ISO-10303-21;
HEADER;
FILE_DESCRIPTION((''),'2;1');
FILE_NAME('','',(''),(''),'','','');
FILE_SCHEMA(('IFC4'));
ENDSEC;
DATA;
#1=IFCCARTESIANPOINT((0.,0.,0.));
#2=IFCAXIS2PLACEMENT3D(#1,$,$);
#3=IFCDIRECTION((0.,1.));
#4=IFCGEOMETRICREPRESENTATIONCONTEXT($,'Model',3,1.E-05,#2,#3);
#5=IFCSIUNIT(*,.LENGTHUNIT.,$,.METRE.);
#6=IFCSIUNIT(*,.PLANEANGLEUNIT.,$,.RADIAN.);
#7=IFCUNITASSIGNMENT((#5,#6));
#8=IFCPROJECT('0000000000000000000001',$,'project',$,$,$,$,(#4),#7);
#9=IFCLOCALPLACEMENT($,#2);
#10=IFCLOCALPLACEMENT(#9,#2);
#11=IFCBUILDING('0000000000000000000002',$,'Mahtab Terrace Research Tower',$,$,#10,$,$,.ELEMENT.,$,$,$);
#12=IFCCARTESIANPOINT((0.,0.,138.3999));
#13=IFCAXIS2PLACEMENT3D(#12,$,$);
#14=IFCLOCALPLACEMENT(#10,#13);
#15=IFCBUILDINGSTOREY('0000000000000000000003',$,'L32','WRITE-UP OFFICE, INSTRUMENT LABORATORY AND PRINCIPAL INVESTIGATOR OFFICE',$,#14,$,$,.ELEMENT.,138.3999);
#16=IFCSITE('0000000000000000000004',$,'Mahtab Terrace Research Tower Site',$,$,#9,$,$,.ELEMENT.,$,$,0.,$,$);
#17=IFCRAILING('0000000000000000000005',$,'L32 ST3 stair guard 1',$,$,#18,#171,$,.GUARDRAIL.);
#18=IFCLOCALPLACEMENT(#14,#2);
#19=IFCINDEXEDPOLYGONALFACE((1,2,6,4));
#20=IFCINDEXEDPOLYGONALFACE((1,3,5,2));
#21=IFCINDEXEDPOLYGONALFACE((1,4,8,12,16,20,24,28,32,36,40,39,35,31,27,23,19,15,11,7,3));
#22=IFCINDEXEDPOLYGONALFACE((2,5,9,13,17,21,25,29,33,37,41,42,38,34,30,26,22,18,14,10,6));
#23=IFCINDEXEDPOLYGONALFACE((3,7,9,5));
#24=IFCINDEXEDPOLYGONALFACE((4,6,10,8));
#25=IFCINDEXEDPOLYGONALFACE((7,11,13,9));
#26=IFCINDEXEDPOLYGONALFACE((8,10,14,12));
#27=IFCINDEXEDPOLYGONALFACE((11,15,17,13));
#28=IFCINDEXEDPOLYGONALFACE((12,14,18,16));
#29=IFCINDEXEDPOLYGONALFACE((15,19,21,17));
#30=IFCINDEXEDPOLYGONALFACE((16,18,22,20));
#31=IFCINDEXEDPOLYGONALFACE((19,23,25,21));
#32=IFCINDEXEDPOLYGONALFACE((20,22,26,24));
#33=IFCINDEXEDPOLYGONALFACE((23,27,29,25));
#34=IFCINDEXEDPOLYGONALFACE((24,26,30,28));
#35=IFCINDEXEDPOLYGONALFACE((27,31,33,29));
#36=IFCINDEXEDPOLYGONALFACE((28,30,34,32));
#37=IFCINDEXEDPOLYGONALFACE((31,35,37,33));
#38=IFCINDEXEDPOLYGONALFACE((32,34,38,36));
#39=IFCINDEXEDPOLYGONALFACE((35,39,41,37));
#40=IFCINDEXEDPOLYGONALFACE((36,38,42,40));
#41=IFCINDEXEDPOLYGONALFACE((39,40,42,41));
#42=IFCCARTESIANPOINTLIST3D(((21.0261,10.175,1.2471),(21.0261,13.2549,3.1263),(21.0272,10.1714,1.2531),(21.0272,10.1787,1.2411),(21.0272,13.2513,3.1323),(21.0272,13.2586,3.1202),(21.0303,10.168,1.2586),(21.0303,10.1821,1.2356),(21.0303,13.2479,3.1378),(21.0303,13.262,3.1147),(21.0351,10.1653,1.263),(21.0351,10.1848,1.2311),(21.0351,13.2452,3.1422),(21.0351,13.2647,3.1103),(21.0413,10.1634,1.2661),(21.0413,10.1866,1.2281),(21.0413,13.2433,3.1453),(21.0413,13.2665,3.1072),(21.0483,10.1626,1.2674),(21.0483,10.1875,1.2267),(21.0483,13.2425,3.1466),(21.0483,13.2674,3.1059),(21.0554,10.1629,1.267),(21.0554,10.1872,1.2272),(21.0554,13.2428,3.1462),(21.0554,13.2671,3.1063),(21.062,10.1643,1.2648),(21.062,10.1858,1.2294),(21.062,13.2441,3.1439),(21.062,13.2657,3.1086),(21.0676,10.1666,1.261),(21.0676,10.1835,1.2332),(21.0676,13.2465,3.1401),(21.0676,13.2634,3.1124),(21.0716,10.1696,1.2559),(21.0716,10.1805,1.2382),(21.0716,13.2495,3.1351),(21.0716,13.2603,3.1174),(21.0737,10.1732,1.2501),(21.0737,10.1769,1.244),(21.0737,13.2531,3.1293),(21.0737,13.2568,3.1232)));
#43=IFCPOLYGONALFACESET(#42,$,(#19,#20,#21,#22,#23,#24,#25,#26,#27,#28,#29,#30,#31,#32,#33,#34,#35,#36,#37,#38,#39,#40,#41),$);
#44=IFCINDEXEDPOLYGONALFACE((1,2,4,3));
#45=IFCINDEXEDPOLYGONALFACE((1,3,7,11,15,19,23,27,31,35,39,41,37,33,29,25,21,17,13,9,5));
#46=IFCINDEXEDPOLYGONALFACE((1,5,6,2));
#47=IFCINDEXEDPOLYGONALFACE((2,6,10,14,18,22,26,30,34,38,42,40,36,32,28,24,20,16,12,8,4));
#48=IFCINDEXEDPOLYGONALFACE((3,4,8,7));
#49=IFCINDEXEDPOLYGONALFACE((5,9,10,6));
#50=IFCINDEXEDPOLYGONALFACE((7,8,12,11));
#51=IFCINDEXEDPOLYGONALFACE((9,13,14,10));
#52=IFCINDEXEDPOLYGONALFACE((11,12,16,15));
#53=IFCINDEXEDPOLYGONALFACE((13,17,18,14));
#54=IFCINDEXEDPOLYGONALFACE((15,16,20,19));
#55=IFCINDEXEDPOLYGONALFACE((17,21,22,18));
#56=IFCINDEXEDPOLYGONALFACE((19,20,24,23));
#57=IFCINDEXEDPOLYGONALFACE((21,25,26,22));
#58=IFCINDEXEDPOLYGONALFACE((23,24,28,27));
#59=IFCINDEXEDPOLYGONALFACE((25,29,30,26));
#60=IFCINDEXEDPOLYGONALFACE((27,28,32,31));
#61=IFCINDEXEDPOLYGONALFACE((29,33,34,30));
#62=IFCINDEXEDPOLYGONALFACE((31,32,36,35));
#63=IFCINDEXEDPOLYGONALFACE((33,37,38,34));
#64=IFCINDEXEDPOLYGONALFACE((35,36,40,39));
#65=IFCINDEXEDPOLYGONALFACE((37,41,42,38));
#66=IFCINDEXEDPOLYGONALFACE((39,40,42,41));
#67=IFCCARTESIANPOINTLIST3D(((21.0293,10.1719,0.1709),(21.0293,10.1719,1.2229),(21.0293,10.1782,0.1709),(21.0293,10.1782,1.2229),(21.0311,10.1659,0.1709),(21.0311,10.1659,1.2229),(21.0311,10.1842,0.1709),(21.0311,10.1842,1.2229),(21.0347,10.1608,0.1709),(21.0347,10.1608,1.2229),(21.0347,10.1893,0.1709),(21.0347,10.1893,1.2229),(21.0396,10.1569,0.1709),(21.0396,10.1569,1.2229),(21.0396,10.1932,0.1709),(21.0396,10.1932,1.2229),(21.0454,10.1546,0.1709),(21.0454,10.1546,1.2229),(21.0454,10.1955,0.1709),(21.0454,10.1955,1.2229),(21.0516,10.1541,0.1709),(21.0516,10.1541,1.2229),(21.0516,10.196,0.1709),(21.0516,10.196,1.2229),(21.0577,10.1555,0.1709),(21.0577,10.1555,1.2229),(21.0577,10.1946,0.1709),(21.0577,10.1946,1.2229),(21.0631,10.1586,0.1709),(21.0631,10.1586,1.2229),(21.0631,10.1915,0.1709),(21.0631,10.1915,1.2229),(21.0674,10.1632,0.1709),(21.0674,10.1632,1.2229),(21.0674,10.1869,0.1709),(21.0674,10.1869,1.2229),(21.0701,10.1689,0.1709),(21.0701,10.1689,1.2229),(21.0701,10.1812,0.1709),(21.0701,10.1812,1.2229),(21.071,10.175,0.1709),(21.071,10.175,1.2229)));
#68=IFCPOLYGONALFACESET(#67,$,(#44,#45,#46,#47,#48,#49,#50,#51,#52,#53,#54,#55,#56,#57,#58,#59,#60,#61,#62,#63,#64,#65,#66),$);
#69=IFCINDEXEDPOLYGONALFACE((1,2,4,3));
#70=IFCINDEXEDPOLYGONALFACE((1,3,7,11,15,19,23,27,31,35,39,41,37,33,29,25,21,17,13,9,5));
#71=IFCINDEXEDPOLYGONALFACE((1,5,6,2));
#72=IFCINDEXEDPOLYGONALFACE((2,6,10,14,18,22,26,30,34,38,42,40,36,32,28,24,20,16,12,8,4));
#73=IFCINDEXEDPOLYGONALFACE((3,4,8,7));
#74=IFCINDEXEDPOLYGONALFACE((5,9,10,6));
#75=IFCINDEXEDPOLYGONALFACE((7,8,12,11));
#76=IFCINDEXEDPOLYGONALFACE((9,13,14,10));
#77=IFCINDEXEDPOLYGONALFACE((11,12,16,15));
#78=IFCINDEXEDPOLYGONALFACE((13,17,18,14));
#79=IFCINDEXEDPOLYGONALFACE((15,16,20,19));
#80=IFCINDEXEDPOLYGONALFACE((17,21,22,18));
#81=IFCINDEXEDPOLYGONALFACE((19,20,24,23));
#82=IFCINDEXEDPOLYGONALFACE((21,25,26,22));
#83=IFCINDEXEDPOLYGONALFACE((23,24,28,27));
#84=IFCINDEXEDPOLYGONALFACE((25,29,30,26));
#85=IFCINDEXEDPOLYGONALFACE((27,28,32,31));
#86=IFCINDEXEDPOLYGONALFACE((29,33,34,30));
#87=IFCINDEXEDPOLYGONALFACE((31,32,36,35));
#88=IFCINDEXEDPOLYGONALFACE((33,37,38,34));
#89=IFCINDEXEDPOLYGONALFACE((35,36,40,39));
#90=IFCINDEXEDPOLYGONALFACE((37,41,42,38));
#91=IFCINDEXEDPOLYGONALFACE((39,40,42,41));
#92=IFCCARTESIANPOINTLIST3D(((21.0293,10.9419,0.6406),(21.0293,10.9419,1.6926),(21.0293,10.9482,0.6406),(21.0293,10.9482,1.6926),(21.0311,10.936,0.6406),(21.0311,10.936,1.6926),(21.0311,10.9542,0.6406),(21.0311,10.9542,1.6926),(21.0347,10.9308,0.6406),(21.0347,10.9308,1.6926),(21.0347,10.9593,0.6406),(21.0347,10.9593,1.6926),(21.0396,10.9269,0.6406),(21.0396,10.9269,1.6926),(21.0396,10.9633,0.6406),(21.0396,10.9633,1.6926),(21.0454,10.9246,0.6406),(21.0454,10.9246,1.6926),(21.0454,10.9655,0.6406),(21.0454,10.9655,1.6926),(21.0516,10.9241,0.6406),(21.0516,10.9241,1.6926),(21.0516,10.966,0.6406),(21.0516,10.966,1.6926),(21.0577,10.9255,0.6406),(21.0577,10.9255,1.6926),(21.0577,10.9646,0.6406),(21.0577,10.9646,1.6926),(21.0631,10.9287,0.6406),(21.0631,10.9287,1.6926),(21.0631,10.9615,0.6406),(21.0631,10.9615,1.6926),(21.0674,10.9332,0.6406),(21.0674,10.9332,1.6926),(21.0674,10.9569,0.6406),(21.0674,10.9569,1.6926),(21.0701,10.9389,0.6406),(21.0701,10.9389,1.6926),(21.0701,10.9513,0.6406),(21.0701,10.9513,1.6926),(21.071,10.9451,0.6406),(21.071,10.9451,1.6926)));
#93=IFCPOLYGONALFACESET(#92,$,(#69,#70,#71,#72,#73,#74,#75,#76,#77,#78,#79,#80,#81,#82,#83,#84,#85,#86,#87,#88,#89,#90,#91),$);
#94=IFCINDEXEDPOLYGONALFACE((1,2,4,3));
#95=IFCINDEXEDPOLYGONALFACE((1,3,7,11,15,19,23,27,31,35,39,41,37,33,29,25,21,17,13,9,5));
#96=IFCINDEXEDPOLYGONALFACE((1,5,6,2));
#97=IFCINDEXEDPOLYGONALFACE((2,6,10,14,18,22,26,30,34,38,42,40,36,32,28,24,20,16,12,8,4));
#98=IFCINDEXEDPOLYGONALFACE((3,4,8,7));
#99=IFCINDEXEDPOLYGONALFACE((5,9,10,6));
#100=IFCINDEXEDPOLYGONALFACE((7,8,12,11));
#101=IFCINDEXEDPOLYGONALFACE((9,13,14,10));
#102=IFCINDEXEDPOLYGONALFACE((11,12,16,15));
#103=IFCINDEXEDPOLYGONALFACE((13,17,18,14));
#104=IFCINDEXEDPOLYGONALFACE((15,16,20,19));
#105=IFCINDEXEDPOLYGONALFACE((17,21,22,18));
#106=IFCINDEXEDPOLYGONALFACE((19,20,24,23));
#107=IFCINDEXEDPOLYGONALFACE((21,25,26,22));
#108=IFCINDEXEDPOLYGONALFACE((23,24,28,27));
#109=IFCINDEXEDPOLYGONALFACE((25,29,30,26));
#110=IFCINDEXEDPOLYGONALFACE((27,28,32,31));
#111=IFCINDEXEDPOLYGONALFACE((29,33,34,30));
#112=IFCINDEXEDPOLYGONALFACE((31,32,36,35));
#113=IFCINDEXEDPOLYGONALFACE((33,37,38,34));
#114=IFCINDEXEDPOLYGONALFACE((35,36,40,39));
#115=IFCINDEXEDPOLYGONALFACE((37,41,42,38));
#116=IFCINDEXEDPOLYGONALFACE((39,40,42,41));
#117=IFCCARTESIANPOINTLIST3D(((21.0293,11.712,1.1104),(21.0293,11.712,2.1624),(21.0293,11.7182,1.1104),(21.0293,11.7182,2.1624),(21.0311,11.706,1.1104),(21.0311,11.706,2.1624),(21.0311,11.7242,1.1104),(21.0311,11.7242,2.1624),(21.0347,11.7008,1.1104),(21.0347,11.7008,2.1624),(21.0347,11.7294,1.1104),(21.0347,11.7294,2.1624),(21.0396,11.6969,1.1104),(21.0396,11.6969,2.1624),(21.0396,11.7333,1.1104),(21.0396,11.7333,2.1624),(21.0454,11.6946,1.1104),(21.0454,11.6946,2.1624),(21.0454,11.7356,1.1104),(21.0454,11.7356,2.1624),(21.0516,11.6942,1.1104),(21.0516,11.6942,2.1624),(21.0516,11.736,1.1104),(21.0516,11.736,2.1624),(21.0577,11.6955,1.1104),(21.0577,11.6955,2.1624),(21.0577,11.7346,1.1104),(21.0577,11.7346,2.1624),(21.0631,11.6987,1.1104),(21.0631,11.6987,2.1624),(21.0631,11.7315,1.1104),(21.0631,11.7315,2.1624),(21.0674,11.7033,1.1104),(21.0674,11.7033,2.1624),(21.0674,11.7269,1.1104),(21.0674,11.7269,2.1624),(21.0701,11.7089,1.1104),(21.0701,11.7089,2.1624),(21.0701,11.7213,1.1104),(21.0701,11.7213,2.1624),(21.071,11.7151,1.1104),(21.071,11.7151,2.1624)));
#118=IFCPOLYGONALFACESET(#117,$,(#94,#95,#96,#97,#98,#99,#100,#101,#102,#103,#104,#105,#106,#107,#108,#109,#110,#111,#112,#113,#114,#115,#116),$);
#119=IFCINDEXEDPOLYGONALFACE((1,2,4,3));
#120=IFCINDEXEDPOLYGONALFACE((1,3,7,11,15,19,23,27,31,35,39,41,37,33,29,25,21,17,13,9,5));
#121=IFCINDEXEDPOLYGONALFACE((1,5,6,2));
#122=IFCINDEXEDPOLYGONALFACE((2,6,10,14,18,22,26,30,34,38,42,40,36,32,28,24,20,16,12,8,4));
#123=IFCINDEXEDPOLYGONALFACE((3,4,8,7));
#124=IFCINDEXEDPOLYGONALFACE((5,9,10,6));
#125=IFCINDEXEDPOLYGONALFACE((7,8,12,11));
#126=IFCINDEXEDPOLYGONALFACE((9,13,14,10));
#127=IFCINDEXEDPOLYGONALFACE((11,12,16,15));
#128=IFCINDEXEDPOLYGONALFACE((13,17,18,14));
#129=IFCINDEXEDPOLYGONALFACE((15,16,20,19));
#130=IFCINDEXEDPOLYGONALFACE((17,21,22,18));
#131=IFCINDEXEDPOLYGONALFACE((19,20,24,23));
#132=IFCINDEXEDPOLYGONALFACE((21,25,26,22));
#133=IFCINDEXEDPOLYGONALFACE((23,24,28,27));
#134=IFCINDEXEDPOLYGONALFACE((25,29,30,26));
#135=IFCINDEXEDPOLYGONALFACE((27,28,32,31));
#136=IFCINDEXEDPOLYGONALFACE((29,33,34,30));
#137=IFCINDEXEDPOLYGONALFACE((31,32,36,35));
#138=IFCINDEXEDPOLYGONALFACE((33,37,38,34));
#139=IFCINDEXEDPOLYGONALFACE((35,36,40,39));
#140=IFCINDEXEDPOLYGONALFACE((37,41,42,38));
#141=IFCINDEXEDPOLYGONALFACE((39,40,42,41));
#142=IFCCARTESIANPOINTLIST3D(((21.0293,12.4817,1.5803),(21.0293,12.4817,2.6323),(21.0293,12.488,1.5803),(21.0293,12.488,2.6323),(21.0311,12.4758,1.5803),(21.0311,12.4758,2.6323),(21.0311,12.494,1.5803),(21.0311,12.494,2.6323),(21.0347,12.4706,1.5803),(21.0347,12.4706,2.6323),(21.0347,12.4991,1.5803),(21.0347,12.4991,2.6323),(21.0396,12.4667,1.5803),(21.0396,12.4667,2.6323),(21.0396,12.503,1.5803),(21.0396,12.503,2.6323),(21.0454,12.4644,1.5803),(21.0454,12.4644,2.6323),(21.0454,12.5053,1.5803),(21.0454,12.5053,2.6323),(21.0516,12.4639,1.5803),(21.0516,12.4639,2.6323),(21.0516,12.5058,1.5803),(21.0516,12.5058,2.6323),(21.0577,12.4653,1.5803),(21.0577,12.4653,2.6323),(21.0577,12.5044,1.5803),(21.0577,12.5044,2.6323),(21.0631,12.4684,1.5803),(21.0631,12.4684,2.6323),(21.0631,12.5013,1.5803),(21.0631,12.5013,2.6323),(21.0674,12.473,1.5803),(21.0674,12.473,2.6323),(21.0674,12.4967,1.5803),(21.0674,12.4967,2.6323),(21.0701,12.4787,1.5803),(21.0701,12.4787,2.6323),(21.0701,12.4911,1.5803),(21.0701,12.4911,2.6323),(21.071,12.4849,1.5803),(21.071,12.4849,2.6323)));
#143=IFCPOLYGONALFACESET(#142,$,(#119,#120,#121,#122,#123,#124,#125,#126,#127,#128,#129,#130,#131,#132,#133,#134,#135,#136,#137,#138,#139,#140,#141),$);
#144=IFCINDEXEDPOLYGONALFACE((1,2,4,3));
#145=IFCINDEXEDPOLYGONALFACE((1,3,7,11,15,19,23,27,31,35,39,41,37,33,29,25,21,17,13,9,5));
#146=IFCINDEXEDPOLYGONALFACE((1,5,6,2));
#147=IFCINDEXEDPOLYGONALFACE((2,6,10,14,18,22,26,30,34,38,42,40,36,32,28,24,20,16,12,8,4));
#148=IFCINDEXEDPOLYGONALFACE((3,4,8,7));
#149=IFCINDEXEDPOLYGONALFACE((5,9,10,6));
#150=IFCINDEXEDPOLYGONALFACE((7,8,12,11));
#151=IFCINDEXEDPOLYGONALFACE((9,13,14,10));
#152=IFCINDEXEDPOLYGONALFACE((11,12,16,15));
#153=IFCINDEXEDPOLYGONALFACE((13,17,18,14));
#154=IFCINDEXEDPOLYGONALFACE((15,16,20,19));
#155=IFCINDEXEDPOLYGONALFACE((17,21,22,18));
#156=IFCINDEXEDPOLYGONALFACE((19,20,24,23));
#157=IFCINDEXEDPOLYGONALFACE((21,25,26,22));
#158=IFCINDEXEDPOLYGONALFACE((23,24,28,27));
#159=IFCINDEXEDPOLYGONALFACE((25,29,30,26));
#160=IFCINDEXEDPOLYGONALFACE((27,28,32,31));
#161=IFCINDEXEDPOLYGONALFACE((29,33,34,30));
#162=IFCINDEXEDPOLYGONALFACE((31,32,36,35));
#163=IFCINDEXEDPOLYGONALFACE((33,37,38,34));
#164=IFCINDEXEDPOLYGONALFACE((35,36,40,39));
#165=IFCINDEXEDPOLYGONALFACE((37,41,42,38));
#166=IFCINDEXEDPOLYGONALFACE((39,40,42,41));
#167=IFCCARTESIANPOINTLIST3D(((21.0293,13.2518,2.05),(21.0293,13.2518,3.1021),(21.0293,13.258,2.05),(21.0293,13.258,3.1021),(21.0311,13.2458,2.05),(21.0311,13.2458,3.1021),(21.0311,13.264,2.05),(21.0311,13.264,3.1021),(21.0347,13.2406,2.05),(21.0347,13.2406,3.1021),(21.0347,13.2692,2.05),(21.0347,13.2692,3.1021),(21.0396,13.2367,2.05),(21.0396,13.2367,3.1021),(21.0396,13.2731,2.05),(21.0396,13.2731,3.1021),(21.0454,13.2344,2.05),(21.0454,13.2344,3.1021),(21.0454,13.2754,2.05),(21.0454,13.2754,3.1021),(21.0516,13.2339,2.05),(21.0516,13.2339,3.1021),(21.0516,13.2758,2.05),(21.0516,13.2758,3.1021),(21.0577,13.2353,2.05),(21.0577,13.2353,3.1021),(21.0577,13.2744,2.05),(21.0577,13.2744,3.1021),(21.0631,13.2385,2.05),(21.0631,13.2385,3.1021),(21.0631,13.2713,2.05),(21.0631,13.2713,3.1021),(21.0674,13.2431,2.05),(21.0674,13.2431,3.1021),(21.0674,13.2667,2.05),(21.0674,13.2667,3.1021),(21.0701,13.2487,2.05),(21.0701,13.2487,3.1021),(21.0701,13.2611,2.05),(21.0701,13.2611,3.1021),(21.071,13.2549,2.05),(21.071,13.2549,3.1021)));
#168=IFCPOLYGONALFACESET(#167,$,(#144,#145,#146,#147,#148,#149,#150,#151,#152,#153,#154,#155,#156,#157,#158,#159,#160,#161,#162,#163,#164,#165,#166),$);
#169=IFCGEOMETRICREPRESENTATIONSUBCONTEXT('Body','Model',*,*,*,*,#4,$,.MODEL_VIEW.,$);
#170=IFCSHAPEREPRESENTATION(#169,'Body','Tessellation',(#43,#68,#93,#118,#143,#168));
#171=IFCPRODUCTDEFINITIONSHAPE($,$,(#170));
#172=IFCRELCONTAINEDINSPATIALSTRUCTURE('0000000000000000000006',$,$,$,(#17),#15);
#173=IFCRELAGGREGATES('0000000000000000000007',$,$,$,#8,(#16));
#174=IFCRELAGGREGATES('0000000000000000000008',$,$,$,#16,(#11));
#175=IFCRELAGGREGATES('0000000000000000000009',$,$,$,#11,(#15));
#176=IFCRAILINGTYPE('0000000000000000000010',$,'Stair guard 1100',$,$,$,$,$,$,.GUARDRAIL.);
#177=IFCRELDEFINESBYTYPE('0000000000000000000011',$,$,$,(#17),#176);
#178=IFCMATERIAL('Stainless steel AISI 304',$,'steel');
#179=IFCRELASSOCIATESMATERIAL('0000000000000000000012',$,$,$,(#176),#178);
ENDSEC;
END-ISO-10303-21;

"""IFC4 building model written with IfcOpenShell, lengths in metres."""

from ifc_helpers import new_model, si_unit, direction, frame, origin, origin_2d, place, context, subcontext, project, spatial, circle, extrude, material, type_object, element, save


model = new_model("IFC4")

# Units and contexts
model_context = context("Model", 3, precision=1e-05, world=origin(), true_north=direction((0.0, 1.0)))
body_context = subcontext(model_context, "Body", "Model", "MODEL_VIEW")
ifc_project = project(units=[si_unit("LENGTHUNIT", "METRE"), si_unit("PLANEANGLEUNIT", "RADIAN")], contexts=[model_context])

# Site, building, storey
site_placement = place(None, origin())
site = spatial("IfcSite", under=ifc_project, at=site_placement, Name="Mahtab Terrace Research Tower Site", CompositionType="ELEMENT", RefElevation=0.0)
building_placement = place(site_placement, origin())
building = spatial("IfcBuilding", under=site, at=building_placement, Name="Mahtab Terrace Research Tower", CompositionType="ELEMENT")
storey_placement = place(building_placement, frame((0.0, 0.0, 138.3999)))
storey = spatial("IfcBuildingStorey", under=building, at=storey_placement, Name="L32", Description="WRITE-UP OFFICE, INSTRUMENT LABORATORY AND PRINCIPAL INVESTIGATOR OFFICE", CompositionType="ELEMENT", Elevation=138.3999)

# Shared definitions
ifc_material_1 = material(Name="Stainless steel AISI 304", Category="steel")

# Railing
railing_type_1 = type_object("IfcRailingType", Name="Stair guard 1100", PredefinedType="GUARDRAIL", material=ifc_material_1)
railing_1_placement = place(storey_placement, frame((21.05, 10.175, 0.1709)))
element("IfcRailing", 1, at=railing_1_placement, inside=storey, type_object=railing_type_1, Name="L32 ST3 stair guard 1", PredefinedType="GUARDRAIL", context=body_context, shape_type="SweptSolid", body=[
    extrude(circle(Radius=0.0239, at=origin_2d()), frame((0.0, 0.0, 1.0762), z_axis=(0.0, 0.853648, 0.52085), x_axis=(-1.0, 0.0, 0.0)), (0.0, 0.0, 1.0), 3.6079),
    extrude(circle(Radius=0.021, at=origin_2d()), origin(), (0.0, 0.0, 1.0), 1.052),
    extrude(circle(Radius=0.021, at=origin_2d()), frame((0.0, 0.77, 0.4697)), (0.0, 0.0, 1.0), 1.052),
    extrude(circle(Radius=0.021, at=origin_2d()), frame((0.0, 1.54, 0.9395)), (0.0, 0.0, 1.0), 1.052),
    extrude(circle(Radius=0.021, at=origin_2d()), frame((0.0, 2.3098, 1.4094)), (0.0, 0.0, 1.0), 1.052),
    extrude(circle(Radius=0.021, at=origin_2d()), frame((0.0, 3.0798, 1.8792)), (0.0, 0.0, 1.0), 1.052),
])

save(model, "model.ifc")
